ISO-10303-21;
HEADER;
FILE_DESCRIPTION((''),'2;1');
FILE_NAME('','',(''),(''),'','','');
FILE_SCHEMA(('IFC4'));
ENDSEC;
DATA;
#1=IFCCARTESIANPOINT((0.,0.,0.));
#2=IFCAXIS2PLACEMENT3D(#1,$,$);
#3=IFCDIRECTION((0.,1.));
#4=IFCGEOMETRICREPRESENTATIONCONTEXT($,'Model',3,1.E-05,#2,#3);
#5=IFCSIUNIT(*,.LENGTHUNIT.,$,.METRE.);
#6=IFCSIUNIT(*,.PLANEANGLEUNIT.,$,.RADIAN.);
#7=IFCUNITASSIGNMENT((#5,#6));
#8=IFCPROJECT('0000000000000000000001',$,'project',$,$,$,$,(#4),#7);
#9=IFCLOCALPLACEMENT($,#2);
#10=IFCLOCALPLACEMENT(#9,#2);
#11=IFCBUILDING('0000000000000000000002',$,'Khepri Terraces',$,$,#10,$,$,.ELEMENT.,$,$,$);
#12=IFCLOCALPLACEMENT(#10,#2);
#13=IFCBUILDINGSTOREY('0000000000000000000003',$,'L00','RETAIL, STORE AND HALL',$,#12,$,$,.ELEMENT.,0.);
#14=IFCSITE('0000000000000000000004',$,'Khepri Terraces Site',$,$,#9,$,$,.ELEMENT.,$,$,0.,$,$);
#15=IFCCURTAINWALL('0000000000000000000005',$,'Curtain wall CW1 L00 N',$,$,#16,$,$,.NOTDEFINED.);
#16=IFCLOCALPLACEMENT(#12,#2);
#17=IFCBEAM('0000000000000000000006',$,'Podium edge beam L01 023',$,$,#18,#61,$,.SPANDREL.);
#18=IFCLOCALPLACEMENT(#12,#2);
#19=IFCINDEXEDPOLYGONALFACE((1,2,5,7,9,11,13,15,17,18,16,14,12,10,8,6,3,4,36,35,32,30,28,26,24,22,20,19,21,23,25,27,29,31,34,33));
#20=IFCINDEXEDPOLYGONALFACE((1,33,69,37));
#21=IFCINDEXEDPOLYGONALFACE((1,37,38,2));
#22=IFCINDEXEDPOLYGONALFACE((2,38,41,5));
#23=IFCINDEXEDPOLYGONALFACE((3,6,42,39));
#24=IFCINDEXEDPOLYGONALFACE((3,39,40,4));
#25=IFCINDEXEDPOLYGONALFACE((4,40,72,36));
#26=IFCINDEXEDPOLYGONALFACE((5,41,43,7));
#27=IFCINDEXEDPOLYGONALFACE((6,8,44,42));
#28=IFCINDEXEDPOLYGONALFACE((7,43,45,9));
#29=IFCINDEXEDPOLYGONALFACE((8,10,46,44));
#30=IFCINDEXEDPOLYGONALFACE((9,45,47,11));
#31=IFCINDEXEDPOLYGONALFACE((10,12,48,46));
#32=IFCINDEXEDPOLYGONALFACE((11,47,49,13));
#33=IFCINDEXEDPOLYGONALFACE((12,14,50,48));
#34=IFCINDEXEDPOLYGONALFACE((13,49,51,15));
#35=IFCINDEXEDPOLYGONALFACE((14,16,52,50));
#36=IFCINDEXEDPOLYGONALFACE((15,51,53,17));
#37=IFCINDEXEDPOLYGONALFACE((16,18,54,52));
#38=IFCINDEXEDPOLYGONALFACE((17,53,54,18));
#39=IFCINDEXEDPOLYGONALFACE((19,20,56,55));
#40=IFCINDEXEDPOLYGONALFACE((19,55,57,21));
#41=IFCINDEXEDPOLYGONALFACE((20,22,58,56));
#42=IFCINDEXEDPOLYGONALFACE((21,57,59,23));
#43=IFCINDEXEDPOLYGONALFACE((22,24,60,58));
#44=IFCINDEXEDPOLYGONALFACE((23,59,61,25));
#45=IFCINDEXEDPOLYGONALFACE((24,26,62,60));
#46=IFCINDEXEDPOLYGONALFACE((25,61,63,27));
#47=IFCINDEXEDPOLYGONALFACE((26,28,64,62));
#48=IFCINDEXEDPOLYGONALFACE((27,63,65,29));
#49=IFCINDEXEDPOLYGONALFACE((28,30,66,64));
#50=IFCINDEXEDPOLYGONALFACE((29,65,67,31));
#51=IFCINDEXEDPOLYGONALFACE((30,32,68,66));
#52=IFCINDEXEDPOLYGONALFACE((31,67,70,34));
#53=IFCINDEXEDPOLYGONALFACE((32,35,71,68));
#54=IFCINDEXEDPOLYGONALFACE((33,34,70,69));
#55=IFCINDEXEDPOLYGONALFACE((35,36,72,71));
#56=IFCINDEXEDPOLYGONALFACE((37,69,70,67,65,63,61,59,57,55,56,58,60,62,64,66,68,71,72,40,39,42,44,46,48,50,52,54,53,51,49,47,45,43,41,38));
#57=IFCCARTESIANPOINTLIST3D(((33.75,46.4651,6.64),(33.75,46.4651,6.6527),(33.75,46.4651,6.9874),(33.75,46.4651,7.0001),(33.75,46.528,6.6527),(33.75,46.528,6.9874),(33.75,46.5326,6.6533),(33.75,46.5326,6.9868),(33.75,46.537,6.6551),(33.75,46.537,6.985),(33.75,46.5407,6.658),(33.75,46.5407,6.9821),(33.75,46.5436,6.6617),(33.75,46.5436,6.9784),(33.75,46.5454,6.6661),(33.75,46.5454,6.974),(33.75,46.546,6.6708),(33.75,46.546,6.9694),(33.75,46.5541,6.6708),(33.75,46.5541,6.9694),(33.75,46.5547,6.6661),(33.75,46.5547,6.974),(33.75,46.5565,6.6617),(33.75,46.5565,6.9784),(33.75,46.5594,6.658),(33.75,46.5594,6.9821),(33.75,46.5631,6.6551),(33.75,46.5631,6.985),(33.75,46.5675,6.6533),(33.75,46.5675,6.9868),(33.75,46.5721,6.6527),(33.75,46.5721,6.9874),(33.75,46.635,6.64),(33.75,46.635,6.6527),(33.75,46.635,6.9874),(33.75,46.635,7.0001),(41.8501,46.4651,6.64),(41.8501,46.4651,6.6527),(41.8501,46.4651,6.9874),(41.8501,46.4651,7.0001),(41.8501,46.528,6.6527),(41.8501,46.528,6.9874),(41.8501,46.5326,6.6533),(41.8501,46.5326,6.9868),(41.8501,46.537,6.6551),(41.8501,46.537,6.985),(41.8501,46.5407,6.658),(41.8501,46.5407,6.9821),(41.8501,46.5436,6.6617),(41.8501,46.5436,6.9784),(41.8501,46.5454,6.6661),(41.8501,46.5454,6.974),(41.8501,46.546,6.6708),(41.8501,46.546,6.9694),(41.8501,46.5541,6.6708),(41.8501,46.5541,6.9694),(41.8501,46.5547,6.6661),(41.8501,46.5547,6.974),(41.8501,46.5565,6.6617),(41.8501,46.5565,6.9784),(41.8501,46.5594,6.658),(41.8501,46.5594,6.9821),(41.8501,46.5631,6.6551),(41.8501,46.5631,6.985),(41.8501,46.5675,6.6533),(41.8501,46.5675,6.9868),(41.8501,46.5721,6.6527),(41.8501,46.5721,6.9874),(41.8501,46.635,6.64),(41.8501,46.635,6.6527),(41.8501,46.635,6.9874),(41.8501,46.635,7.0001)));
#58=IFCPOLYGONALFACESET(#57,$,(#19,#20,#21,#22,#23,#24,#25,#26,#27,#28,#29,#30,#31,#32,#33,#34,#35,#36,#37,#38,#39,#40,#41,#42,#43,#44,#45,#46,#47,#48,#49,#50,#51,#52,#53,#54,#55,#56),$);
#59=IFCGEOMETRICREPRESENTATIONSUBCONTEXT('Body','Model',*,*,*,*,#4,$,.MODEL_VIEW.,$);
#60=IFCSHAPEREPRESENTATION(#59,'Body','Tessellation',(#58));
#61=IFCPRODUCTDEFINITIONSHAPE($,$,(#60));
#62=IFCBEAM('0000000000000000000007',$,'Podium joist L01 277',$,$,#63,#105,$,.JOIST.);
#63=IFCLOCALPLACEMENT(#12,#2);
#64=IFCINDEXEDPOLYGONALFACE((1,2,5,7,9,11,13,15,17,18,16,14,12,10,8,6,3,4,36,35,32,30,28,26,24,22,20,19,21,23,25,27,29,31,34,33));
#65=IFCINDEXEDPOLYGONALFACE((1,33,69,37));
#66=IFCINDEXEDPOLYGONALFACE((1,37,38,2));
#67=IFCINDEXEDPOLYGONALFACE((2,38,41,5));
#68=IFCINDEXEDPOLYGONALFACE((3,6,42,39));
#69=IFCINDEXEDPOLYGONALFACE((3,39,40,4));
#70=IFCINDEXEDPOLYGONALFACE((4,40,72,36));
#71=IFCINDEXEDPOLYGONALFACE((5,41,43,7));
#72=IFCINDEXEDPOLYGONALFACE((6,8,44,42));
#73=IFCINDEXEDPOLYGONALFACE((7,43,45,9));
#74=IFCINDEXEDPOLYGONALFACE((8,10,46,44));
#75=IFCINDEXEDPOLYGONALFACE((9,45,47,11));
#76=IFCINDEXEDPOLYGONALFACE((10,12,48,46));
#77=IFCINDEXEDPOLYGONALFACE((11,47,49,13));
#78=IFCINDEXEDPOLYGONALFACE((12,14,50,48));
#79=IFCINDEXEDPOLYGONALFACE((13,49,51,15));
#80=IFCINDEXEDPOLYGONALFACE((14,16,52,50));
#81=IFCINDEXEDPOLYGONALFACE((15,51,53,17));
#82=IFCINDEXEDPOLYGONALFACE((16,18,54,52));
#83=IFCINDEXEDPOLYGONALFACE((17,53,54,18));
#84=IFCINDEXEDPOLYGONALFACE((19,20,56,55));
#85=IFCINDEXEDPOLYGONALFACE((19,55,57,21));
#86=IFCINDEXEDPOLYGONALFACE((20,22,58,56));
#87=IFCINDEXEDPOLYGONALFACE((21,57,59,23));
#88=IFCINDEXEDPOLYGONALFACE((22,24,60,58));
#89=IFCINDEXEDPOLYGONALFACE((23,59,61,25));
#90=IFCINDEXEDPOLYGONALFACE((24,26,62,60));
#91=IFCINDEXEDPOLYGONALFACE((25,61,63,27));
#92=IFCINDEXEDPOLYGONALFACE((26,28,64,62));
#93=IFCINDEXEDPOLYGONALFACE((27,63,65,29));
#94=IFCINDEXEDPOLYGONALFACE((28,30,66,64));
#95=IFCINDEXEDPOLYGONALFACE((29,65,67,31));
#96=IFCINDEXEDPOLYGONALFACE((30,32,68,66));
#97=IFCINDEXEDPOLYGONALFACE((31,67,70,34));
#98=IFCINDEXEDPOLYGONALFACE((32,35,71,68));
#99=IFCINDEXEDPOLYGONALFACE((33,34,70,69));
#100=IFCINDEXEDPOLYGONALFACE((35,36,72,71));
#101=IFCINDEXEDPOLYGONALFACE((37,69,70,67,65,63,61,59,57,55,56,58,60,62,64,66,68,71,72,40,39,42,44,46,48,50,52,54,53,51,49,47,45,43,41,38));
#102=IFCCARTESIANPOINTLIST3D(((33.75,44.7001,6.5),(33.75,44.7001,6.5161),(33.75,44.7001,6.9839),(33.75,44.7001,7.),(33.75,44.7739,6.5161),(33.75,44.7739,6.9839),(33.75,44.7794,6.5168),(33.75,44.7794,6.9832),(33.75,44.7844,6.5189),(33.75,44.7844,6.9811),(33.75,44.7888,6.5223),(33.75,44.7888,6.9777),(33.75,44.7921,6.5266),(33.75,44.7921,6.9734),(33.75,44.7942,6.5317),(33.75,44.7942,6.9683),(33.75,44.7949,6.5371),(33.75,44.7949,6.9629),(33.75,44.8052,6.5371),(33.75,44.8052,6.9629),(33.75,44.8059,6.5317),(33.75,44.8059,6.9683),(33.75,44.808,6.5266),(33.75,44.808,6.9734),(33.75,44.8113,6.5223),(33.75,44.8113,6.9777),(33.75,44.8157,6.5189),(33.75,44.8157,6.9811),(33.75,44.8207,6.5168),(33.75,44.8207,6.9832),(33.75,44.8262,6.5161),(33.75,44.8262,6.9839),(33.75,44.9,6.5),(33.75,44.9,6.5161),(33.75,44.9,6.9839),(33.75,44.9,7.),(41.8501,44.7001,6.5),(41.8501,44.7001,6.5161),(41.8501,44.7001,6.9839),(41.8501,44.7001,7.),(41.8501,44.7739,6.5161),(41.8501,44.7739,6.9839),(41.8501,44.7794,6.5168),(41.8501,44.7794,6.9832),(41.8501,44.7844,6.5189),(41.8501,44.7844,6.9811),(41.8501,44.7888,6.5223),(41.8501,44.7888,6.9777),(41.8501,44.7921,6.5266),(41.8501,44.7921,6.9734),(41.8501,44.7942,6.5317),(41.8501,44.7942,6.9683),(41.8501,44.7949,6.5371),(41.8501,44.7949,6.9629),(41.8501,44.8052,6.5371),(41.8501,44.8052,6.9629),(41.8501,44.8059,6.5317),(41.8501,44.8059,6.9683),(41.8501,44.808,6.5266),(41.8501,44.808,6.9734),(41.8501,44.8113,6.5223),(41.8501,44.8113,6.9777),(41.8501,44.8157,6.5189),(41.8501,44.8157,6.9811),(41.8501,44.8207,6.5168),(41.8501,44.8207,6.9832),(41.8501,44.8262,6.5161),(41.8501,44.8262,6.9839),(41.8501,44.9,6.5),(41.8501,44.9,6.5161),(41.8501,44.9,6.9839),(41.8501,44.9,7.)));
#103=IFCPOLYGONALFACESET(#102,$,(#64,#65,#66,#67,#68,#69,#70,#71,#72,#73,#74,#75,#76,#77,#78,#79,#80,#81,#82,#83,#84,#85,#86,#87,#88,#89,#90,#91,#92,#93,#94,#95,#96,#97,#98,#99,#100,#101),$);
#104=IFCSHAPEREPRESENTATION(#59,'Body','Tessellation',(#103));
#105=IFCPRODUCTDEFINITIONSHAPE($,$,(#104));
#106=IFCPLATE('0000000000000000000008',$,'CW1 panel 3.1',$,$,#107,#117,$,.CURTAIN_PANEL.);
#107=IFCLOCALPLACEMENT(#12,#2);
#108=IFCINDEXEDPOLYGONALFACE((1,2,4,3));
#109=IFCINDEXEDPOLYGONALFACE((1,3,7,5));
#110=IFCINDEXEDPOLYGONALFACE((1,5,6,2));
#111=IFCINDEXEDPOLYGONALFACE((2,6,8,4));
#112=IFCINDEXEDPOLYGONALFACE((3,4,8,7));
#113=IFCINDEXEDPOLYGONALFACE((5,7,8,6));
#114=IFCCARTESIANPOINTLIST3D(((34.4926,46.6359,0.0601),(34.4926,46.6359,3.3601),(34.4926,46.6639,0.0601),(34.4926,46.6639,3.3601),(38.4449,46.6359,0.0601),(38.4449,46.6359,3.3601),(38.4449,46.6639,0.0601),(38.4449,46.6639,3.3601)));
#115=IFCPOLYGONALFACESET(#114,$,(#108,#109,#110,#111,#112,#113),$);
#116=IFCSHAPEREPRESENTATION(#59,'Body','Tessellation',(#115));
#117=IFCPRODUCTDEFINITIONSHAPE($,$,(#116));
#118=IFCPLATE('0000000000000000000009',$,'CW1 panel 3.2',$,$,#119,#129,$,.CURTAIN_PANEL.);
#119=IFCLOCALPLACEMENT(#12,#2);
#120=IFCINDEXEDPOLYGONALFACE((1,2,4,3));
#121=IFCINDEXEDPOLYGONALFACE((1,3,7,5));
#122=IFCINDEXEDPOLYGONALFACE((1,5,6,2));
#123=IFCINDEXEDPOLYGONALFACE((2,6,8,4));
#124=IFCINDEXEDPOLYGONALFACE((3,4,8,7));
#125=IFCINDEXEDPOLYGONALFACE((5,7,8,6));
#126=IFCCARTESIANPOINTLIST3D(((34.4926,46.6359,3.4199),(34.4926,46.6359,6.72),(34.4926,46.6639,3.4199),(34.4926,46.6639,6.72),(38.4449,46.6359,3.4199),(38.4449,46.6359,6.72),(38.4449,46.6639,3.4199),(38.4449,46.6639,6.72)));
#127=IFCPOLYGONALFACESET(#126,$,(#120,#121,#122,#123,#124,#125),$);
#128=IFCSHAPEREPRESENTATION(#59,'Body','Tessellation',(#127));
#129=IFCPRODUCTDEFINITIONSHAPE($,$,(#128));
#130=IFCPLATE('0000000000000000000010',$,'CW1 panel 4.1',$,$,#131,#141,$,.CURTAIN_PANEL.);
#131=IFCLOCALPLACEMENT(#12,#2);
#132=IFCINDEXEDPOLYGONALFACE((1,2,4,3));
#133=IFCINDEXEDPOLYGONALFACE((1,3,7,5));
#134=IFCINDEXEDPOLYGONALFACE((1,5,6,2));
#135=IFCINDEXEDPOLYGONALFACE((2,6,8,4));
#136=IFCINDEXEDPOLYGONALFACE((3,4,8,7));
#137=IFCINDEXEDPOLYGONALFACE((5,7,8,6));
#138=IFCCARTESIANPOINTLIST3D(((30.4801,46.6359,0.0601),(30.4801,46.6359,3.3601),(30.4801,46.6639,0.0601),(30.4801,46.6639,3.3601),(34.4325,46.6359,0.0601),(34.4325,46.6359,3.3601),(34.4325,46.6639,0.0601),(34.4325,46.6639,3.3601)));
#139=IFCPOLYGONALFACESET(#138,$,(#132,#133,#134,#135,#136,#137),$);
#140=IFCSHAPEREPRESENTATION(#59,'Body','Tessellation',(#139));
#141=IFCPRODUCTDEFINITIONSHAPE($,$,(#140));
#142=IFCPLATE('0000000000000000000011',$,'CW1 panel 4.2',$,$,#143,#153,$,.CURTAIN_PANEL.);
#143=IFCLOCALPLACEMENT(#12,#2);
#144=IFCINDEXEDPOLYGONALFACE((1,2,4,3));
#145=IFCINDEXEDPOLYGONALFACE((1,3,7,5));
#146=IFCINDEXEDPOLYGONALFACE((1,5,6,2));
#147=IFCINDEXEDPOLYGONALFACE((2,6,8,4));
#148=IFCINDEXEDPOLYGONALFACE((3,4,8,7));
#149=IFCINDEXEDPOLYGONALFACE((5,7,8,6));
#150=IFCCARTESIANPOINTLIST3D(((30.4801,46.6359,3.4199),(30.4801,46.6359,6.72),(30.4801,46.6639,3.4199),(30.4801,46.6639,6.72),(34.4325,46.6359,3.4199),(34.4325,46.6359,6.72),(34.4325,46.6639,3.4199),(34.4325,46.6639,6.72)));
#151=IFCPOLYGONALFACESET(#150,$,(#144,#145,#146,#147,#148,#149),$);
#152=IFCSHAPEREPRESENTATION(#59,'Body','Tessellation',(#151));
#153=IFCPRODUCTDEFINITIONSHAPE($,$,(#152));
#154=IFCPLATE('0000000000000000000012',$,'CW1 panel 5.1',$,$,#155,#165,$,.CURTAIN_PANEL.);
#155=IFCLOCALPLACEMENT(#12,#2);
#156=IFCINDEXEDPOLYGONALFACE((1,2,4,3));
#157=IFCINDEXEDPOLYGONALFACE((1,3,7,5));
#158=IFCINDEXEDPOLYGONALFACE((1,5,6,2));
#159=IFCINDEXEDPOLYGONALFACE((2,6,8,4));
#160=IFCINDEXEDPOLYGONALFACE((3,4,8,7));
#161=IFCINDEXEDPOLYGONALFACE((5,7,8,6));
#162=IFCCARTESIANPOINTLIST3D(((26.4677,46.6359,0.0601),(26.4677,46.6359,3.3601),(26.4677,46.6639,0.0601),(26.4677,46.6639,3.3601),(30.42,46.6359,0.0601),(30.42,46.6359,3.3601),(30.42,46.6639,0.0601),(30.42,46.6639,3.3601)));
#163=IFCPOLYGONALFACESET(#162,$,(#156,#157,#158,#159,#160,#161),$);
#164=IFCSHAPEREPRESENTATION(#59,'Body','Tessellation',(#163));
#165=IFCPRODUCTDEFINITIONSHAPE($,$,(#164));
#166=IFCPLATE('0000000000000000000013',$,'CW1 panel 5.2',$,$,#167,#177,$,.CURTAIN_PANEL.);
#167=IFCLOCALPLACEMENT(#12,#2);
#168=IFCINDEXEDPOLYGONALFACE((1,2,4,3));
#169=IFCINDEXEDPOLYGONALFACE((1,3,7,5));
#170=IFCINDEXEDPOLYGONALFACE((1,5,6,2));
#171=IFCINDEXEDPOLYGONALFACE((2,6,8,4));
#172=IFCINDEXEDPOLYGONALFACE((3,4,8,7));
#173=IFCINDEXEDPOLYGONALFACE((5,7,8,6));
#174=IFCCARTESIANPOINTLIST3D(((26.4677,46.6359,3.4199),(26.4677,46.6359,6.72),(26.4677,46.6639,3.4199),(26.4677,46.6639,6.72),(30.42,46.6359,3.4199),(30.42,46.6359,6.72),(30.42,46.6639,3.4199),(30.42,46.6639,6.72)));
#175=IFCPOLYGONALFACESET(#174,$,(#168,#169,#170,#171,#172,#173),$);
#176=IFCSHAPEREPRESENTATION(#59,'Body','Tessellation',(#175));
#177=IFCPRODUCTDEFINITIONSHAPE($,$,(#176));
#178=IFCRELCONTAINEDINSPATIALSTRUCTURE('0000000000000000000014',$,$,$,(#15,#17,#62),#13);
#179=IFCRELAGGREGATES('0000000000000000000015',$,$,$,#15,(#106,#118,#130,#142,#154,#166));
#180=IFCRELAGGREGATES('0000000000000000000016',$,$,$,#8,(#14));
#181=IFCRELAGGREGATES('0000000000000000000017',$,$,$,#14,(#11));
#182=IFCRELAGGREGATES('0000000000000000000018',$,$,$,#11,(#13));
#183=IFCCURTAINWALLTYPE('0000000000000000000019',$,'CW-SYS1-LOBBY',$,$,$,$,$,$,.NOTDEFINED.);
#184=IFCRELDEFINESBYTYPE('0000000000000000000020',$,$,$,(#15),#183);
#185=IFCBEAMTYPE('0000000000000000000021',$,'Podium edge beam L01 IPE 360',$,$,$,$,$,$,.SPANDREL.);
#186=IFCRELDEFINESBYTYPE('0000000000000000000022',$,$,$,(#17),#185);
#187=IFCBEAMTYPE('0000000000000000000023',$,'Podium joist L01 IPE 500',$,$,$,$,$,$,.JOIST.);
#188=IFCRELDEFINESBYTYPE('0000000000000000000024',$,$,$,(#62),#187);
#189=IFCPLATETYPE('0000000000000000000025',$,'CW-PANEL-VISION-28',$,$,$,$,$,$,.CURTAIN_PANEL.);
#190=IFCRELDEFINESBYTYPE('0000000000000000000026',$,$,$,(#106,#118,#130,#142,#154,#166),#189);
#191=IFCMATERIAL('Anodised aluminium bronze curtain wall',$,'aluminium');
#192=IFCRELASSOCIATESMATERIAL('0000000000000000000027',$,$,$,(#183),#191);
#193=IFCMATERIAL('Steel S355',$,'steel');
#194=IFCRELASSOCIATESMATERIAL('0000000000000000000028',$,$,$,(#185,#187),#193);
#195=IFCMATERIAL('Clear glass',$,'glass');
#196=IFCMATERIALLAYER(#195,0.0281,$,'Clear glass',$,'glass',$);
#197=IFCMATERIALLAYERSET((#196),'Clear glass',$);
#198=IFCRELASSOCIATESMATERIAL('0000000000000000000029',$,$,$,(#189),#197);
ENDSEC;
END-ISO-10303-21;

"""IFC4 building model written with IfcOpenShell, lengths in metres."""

from ifc_helpers import new_model, si_unit, direction, frame, origin, origin_2d, place, context, subcontext, project, spatial, rectangle, i_section, extrude, material, layer, layer_set, material_profile, profile_set, type_object, element, aggregate, save


model = new_model("IFC4")

# Units and contexts
model_context = context("Model", 3, precision=1e-05, world=origin(), true_north=direction((0.0, 1.0)))
body_context = subcontext(model_context, "Body", "Model", "MODEL_VIEW")
ifc_project = project(units=[si_unit("LENGTHUNIT", "METRE"), si_unit("PLANEANGLEUNIT", "RADIAN")], contexts=[model_context])

# Site, building, storey
site_placement = place(None, origin())
site = spatial("IfcSite", under=ifc_project, at=site_placement, Name="Khepri Terraces Site", CompositionType="ELEMENT", RefElevation=0.0)
building_placement = place(site_placement, origin())
building = spatial("IfcBuilding", under=site, at=building_placement, Name="Khepri Terraces", CompositionType="ELEMENT")
storey_placement = place(building_placement, origin())
storey = spatial("IfcBuildingStorey", under=building, at=storey_placement, Name="L00", Description="RETAIL, STORE AND HALL", CompositionType="ELEMENT", Elevation=0.0)

# Curtain wall
ifc_material_1 = material(Name="Anodised aluminium bronze curtain wall", Category="aluminium")
curtain_wall_type = type_object("IfcCurtainWallType", Name="CW-SYS1-LOBBY", PredefinedType="NOTDEFINED", material=ifc_material_1)
curtain_wall_placement = place(storey_placement, origin())
curtain_wall = element("IfcCurtainWall", 1, at=curtain_wall_placement, inside=storey, type_object=curtain_wall_type, Name="Curtain wall CW1 L00 N", PredefinedType="NOTDEFINED")

# Beams
ifc_material_2 = material(Name="Steel S355", Category="steel")
ifc_material_profile_1 = material_profile(ifc_material_2, i_section(OverallWidth=0.1699, OverallDepth=0.3601, WebThickness=0.0081, FlangeThickness=0.0127, FilletRadius=0.0181, at=origin_2d()), Name="Steel S355", Category="steel")
ifc_profile_set_1 = profile_set([ifc_material_profile_1], Name="Steel S355")
beam_type_1 = type_object("IfcBeamType", Name="Podium edge beam L01 IPE 360", PredefinedType="SPANDREL", material=ifc_profile_set_1)
beam_1_placement = place(storey_placement, frame((33.75, 46.55, 6.8201), z_axis=(1.0, 0.0, 0.0), x_axis=(0.0, 1.0, 0.0)))
element("IfcBeam", 2, at=beam_1_placement, inside=storey, type_object=beam_type_1, Name="Podium edge beam L01 023", PredefinedType="SPANDREL", context=body_context, shape_type="SweptSolid", body=[
    extrude(i_section(OverallWidth=0.1699, OverallDepth=0.3601, WebThickness=0.0081, FlangeThickness=0.0127, FilletRadius=0.0181, at=origin_2d()), origin(), (0.0, 0.0, 1.0), 8.1001),
])
ifc_material_profile_2 = material_profile(ifc_material_2, i_section(OverallWidth=0.2, OverallDepth=0.5, WebThickness=0.0103, FlangeThickness=0.0161, FilletRadius=0.021, at=origin_2d()), Name="Steel S355", Category="steel")
ifc_profile_set_2 = profile_set([ifc_material_profile_2], Name="Steel S355")
beam_type_2 = type_object("IfcBeamType", Name="Podium joist L01 IPE 500", PredefinedType="JOIST", material=ifc_profile_set_2)
beam_2_placement = place(storey_placement, frame((33.75, 44.8, 6.75), z_axis=(1.0, 0.0, 0.0), x_axis=(0.0, 1.0, 0.0)))
element("IfcBeam", 3, at=beam_2_placement, inside=storey, type_object=beam_type_2, Name="Podium joist L01 277", PredefinedType="JOIST", context=body_context, shape_type="SweptSolid", body=[
    extrude(i_section(OverallWidth=0.2, OverallDepth=0.5, WebThickness=0.0103, FlangeThickness=0.0161, FilletRadius=0.021, at=origin_2d()), origin(), (0.0, 0.0, 1.0), 8.1001),
])

# Plates
ifc_material_3 = material(Name="Clear glass", Category="glass")
ifc_layer = layer(ifc_material_3, 0.0281, Name="Clear glass", Category="glass")
ifc_layer_set = layer_set([ifc_layer], Name="Clear glass")
plate_type = type_object("IfcPlateType", Name="CW-PANEL-VISION-28", PredefinedType="CURTAIN_PANEL", material=ifc_layer_set)
plate_1_placement = place(storey_placement, frame((36.4688, 46.6499, 0.0601), z_axis=(0.0, 0.0, 1.0), x_axis=(-1.0, 0.0, 0.0)))
plate_1 = element("IfcPlate", 4, at=plate_1_placement, type_object=plate_type, Name="CW1 panel 3.1", PredefinedType="CURTAIN_PANEL", context=body_context, shape_type="SweptSolid", body=[
    extrude(rectangle(XDim=3.9524, YDim=0.0281, at=origin_2d()), origin(), (0.0, 0.0, 1.0), 3.3),
])
plate_2_placement = place(storey_placement, frame((36.4688, 46.6499, 3.4199), z_axis=(0.0, 0.0, 1.0), x_axis=(-1.0, 0.0, 0.0)))
plate_2 = element("IfcPlate", 5, at=plate_2_placement, type_object=plate_type, Name="CW1 panel 3.2", PredefinedType="CURTAIN_PANEL", context=body_context, shape_type="SweptSolid", body=[
    extrude(rectangle(XDim=3.9524, YDim=0.0281, at=origin_2d()), origin(), (0.0, 0.0, 1.0), 3.3),
])
plate_3_placement = place(storey_placement, frame((32.4563, 46.6499, 0.0601), z_axis=(0.0, 0.0, 1.0), x_axis=(-1.0, 0.0, 0.0)))
plate_3 = element("IfcPlate", 6, at=plate_3_placement, type_object=plate_type, Name="CW1 panel 4.1", PredefinedType="CURTAIN_PANEL", context=body_context, shape_type="SweptSolid", body=[
    extrude(rectangle(XDim=3.9524, YDim=0.0281, at=origin_2d()), origin(), (0.0, 0.0, 1.0), 3.3),
])
plate_4_placement = place(storey_placement, frame((32.4563, 46.6499, 3.4199), z_axis=(0.0, 0.0, 1.0), x_axis=(-1.0, 0.0, 0.0)))
plate_4 = element("IfcPlate", 7, at=plate_4_placement, type_object=plate_type, Name="CW1 panel 4.2", PredefinedType="CURTAIN_PANEL", context=body_context, shape_type="SweptSolid", body=[
    extrude(rectangle(XDim=3.9524, YDim=0.0281, at=origin_2d()), origin(), (0.0, 0.0, 1.0), 3.3),
])
plate_5_placement = place(storey_placement, frame((28.4438, 46.6499, 0.0601), z_axis=(0.0, 0.0, 1.0), x_axis=(-1.0, 0.0, 0.0)))
plate_5 = element("IfcPlate", 8, at=plate_5_placement, type_object=plate_type, Name="CW1 panel 5.1", PredefinedType="CURTAIN_PANEL", context=body_context, shape_type="SweptSolid", body=[
    extrude(rectangle(XDim=3.9524, YDim=0.0281, at=origin_2d()), origin(), (0.0, 0.0, 1.0), 3.3),
])
plate_6_placement = place(storey_placement, frame((28.4438, 46.6499, 3.4199), z_axis=(0.0, 0.0, 1.0), x_axis=(-1.0, 0.0, 0.0)))
plate_6 = element("IfcPlate", 9, at=plate_6_placement, type_object=plate_type, Name="CW1 panel 5.2", PredefinedType="CURTAIN_PANEL", context=body_context, shape_type="SweptSolid", body=[
    extrude(rectangle(XDim=3.9524, YDim=0.0281, at=origin_2d()), origin(), (0.0, 0.0, 1.0), 3.3),
])
aggregate(curtain_wall, [plate_1, plate_2, plate_3, plate_4, plate_5, plate_6])

save(model, "model.ifc")
